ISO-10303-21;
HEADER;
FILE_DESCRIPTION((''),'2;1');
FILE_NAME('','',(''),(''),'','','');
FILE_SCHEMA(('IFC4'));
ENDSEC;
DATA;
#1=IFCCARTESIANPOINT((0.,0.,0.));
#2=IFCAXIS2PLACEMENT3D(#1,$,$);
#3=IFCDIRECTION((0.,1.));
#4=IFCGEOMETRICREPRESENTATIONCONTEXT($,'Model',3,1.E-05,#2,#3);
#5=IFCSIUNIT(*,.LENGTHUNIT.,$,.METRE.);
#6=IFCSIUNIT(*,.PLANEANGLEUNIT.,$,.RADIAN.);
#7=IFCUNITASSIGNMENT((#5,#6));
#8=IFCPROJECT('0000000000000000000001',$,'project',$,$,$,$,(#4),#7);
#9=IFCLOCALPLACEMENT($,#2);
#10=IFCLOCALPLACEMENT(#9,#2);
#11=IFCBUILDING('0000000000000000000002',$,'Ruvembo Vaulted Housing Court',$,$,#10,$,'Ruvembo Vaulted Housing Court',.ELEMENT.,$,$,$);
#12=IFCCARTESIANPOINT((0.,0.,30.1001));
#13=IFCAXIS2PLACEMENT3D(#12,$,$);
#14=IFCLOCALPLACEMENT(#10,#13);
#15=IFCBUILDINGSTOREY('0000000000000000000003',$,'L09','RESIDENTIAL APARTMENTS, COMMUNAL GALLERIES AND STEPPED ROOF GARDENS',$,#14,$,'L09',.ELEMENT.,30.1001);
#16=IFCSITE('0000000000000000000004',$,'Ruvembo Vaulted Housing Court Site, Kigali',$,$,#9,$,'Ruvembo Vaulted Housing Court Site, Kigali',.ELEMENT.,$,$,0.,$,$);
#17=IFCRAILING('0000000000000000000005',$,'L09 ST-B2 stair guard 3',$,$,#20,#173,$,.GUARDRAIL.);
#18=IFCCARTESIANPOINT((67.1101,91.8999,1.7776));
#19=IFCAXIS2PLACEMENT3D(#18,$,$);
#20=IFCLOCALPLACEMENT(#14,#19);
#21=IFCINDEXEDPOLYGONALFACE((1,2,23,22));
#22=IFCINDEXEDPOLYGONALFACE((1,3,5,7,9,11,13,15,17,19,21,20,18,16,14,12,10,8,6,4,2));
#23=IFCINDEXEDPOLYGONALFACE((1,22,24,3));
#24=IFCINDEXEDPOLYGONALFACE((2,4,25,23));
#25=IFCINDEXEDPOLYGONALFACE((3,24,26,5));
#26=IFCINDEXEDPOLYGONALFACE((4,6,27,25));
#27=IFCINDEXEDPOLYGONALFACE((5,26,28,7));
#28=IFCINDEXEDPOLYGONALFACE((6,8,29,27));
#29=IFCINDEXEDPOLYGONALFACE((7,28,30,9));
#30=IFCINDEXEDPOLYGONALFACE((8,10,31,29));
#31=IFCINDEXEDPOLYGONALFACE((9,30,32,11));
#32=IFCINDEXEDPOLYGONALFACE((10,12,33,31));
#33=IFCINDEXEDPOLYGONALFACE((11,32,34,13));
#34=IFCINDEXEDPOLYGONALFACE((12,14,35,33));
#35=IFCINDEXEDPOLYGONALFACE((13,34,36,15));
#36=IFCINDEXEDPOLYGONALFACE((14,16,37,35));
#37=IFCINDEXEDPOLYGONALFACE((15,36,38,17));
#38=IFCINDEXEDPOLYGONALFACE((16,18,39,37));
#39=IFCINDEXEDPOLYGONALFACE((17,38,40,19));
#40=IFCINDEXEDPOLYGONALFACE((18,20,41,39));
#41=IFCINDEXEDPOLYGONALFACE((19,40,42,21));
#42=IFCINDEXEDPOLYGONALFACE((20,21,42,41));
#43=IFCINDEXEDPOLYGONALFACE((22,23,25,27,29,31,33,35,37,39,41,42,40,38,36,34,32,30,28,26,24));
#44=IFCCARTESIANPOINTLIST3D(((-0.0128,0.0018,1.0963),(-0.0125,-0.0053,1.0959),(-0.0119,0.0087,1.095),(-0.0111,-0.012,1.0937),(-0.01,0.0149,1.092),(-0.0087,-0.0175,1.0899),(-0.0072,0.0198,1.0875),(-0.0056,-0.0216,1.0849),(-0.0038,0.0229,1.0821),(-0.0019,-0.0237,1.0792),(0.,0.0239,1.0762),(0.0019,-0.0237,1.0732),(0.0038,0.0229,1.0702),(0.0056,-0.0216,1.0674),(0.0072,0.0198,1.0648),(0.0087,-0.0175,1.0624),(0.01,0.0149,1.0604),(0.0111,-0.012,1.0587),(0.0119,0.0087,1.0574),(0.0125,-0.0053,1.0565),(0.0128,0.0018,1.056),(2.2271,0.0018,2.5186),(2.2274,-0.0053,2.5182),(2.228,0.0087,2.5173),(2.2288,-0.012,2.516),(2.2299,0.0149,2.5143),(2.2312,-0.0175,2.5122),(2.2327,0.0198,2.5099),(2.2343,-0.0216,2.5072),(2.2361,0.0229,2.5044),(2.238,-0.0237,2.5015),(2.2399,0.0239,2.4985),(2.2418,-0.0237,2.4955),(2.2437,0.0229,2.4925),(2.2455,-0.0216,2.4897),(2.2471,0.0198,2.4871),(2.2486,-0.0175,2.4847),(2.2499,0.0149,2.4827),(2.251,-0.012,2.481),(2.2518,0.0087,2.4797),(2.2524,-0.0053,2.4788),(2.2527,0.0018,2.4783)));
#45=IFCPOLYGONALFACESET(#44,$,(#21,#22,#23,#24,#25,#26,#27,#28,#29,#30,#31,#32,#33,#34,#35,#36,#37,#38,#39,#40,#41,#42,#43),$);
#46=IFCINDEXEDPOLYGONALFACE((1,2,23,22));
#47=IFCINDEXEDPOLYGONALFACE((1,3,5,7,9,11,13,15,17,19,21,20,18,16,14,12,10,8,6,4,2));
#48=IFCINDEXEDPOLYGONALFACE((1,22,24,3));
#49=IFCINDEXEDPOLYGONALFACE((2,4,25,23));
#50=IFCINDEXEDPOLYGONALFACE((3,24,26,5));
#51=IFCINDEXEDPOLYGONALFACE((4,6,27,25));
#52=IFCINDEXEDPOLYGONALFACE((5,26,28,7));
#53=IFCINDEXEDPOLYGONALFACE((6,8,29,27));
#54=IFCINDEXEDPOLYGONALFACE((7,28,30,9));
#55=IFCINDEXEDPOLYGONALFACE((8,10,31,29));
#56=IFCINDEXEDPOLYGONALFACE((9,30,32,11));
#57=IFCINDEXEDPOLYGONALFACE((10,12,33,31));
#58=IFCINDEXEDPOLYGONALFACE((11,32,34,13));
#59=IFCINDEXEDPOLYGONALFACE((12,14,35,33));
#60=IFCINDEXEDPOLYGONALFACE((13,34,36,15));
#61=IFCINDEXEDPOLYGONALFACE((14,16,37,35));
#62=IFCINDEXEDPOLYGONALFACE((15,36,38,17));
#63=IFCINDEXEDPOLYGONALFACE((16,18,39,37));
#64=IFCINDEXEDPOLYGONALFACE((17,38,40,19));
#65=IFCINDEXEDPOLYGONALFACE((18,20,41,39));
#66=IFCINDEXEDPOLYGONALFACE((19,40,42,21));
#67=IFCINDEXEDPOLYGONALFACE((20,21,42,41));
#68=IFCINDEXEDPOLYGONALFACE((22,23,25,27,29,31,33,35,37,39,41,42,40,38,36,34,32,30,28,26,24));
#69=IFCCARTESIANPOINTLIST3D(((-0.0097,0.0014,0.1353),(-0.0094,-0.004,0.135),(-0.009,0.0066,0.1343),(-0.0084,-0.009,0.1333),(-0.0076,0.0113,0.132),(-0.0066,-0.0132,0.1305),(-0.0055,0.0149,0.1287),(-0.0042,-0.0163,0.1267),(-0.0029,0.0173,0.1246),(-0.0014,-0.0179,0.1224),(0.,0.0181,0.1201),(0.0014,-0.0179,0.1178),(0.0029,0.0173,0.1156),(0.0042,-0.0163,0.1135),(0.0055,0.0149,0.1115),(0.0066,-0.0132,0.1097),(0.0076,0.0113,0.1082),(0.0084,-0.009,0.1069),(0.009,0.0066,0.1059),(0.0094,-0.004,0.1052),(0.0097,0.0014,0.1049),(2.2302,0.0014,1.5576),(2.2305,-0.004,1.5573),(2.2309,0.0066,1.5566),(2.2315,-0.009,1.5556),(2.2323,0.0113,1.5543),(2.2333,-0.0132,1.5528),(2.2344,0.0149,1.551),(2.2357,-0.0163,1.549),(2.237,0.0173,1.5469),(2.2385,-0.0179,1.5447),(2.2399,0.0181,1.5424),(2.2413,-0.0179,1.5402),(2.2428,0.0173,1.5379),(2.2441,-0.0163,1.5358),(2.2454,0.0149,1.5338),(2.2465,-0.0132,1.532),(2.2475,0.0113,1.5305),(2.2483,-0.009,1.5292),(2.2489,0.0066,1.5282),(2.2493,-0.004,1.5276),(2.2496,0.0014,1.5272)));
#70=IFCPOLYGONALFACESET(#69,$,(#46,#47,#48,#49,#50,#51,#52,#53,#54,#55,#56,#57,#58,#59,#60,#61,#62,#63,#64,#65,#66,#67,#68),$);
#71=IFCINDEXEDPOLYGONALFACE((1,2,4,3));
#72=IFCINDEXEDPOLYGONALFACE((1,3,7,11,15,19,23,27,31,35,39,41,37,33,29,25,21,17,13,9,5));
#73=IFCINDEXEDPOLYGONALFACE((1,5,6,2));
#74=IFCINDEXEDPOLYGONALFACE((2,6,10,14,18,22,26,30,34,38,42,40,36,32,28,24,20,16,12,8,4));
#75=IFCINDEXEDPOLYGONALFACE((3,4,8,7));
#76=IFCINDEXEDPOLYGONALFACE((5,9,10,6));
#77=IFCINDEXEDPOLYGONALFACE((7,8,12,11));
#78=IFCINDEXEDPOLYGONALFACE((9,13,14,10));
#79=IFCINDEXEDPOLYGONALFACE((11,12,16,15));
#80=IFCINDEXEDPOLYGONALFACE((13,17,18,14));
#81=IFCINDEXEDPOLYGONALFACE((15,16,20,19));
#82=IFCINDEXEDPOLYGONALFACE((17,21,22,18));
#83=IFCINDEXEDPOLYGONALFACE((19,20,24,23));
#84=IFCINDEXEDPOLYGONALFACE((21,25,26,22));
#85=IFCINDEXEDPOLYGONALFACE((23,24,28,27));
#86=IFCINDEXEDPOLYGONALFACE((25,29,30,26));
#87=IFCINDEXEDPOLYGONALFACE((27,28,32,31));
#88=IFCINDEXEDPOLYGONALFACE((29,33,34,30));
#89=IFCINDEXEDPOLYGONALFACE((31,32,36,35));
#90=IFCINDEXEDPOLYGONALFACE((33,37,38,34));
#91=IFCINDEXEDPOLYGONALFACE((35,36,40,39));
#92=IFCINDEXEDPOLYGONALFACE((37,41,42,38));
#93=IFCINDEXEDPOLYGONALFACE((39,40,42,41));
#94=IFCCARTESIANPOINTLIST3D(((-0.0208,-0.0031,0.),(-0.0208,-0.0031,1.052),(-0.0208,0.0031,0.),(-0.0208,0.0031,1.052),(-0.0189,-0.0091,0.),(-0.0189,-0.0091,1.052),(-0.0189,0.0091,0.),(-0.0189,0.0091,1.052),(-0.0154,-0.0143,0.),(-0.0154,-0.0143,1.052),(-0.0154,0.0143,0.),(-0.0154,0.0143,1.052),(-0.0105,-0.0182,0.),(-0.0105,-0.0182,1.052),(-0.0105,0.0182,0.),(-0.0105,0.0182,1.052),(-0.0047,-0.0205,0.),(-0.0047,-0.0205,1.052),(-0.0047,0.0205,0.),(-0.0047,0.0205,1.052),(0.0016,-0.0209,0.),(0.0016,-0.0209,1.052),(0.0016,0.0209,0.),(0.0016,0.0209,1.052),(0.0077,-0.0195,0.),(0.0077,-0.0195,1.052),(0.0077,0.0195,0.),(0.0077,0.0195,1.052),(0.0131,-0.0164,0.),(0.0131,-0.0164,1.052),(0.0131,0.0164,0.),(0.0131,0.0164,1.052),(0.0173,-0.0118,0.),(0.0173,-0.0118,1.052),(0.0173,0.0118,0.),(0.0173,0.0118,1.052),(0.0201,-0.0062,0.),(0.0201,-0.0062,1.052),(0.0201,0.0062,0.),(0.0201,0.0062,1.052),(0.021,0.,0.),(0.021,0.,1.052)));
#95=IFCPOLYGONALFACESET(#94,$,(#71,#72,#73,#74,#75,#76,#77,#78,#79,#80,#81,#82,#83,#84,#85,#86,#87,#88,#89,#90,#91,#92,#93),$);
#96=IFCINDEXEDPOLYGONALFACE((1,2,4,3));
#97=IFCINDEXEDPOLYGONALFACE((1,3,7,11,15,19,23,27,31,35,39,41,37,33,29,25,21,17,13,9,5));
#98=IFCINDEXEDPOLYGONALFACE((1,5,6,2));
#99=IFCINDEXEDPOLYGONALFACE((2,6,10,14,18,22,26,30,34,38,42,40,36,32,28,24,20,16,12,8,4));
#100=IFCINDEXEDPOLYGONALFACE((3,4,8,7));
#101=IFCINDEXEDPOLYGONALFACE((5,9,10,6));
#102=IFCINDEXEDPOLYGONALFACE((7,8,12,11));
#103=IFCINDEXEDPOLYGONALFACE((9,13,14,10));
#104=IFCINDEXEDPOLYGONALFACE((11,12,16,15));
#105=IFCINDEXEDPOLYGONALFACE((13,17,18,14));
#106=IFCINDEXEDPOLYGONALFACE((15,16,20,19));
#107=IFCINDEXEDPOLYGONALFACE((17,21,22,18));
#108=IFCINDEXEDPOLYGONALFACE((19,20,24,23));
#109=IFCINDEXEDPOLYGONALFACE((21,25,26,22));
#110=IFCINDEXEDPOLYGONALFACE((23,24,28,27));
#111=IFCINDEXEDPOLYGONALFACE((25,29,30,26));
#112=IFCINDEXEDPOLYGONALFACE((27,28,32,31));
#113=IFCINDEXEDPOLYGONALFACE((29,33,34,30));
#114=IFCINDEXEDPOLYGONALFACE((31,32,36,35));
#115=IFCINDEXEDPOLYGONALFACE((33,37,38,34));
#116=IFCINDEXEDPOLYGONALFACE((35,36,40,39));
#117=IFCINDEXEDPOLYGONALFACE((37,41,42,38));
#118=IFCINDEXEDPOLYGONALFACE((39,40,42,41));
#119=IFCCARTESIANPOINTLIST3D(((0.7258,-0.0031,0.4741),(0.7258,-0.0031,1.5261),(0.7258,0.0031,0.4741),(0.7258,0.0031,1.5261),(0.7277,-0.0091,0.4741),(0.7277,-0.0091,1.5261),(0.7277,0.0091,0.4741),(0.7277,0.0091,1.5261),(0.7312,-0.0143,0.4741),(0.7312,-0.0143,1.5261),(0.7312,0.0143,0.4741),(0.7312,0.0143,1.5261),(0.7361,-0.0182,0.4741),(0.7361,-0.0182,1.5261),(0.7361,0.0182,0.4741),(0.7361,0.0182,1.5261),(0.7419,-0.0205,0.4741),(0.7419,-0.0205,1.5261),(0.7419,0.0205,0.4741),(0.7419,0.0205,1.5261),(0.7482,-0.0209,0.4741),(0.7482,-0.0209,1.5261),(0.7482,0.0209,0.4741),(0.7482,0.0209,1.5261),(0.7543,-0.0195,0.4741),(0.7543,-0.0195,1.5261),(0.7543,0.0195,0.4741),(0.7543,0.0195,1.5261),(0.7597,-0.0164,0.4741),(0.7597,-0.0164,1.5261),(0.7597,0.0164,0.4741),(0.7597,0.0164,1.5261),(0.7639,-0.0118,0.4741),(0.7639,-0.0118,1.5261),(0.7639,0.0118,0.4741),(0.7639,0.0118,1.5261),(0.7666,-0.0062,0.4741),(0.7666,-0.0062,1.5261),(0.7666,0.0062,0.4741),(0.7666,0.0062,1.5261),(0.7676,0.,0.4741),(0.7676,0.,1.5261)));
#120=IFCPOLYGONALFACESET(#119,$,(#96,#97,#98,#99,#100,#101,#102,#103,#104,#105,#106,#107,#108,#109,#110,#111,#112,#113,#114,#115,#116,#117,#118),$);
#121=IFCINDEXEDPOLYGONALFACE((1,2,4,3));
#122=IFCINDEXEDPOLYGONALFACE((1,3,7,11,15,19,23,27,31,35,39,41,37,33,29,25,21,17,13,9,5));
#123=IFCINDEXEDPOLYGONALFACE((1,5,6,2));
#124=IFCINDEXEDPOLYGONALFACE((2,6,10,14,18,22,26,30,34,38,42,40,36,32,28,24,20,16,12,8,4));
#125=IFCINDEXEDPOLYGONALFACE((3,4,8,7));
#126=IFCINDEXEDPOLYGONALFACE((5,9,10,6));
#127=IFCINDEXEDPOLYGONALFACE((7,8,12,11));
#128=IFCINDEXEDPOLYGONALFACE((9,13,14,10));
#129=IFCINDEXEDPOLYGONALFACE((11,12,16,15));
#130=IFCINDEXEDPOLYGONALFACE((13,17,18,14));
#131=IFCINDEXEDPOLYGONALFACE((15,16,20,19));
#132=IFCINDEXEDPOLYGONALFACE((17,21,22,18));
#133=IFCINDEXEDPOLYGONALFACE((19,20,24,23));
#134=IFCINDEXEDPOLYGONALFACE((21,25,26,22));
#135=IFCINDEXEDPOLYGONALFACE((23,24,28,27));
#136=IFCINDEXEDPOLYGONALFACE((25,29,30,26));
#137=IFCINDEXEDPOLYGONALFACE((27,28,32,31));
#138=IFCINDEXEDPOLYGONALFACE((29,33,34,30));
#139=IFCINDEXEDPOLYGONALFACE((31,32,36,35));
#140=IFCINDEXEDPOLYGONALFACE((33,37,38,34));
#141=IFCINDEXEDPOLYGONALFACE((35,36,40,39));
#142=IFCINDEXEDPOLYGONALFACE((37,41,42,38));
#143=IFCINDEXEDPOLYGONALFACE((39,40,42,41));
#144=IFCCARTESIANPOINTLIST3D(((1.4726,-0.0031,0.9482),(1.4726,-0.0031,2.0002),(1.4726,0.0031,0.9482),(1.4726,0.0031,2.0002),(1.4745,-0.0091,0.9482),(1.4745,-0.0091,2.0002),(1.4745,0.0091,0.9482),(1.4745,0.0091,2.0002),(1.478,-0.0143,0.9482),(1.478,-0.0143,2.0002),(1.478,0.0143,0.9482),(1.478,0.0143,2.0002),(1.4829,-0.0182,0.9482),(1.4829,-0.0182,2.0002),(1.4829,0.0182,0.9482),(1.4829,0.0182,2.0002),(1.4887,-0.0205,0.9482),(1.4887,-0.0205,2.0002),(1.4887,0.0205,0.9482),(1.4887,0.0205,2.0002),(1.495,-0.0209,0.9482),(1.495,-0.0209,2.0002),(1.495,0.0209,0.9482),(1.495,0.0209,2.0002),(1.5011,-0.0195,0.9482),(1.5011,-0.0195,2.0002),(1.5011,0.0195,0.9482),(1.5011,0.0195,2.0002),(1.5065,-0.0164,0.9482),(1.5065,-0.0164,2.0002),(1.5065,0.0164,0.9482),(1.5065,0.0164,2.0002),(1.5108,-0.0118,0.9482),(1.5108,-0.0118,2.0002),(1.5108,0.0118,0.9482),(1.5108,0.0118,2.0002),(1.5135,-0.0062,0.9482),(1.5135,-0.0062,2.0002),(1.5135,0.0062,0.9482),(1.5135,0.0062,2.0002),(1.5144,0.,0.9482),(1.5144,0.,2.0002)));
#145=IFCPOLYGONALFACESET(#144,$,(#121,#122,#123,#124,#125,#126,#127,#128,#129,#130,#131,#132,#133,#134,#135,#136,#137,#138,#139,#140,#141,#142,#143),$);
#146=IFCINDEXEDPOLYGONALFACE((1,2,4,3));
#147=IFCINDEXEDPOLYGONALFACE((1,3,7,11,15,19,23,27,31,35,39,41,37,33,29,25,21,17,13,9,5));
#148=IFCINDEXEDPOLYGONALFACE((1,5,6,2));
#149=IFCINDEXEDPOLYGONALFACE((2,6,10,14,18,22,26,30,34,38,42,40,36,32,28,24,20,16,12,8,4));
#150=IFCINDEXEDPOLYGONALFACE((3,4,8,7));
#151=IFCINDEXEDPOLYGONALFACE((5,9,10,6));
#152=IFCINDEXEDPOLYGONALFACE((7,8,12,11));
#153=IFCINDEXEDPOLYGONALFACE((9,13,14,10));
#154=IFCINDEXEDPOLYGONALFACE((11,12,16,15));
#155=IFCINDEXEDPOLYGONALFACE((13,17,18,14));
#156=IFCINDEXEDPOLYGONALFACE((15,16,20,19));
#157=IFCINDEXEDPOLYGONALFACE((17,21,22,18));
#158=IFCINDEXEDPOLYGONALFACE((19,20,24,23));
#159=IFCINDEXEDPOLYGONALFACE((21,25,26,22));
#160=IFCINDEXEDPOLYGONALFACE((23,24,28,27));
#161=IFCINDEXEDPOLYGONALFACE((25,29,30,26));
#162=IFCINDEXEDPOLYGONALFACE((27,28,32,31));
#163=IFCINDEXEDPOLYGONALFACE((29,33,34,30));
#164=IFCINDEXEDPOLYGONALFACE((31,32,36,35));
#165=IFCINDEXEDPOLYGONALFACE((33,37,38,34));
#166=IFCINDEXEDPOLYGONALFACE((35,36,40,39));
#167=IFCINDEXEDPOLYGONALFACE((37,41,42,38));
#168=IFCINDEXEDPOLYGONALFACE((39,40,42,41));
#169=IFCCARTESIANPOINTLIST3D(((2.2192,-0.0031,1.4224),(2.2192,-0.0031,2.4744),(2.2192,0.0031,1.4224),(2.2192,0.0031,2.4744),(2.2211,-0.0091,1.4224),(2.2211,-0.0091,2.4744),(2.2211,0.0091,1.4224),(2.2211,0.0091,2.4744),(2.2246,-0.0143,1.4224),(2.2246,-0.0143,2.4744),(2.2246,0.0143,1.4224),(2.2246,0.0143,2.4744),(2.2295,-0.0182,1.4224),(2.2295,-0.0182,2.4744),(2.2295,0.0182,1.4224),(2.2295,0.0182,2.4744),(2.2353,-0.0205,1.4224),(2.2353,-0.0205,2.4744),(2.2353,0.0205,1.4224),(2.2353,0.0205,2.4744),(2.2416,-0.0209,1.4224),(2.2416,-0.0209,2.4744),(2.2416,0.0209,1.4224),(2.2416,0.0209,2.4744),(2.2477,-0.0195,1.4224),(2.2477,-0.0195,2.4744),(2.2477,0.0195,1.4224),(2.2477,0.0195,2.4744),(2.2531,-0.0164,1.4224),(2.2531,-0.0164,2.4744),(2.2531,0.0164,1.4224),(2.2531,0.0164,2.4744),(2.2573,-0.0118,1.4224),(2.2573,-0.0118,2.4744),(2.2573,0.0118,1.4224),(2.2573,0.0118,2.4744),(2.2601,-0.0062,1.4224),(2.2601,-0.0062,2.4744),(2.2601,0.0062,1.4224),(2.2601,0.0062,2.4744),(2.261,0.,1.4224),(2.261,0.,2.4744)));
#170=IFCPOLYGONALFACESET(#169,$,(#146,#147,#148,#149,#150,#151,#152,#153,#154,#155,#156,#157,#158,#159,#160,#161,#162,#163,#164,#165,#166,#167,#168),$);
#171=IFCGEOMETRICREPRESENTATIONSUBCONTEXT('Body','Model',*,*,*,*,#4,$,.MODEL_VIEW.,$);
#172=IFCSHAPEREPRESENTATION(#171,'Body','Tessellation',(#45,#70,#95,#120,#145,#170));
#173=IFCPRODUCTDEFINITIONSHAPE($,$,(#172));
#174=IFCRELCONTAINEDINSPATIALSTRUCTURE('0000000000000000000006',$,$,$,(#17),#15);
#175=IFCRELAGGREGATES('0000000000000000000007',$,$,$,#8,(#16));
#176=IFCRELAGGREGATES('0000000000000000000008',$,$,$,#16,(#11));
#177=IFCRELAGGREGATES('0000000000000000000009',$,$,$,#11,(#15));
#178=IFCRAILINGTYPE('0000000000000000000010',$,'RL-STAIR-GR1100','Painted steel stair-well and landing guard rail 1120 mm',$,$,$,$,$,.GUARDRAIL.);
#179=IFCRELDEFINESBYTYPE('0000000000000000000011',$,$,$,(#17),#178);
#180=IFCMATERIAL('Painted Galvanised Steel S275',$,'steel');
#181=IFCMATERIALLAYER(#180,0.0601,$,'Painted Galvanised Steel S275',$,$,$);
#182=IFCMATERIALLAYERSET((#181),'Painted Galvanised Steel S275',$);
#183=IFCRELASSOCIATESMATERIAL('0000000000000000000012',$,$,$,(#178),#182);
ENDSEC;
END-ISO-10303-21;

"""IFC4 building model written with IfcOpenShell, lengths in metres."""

from ifc_helpers import new_model, si_unit, direction, frame, origin, origin_2d, place, context, subcontext, project, spatial, circle, extrude, material, layer, layer_set, type_object, element, save


model = new_model("IFC4")

# Units and contexts
model_context = context("Model", 3, precision=1e-05, world=origin(), true_north=direction((0.0, 1.0)))
body_context = subcontext(model_context, "Body", "Model", "MODEL_VIEW")
ifc_project = project(units=[si_unit("LENGTHUNIT", "METRE"), si_unit("PLANEANGLEUNIT", "RADIAN")], contexts=[model_context])

# Site, building, storey
site_placement = place(None, origin())
site = spatial("IfcSite", under=ifc_project, at=site_placement, Name="Ruvembo Vaulted Housing Court Site, Kigali", LongName="Ruvembo Vaulted Housing Court Site, Kigali", CompositionType="ELEMENT", RefElevation=0.0)
building_placement = place(site_placement, origin())
building = spatial("IfcBuilding", under=site, at=building_placement, Name="Ruvembo Vaulted Housing Court", LongName="Ruvembo Vaulted Housing Court", CompositionType="ELEMENT")
storey_placement = place(building_placement, frame((0.0, 0.0, 30.1001)))
storey = spatial("IfcBuildingStorey", under=building, at=storey_placement, Name="L09", Description="RESIDENTIAL APARTMENTS, COMMUNAL GALLERIES AND STEPPED ROOF GARDENS", LongName="L09", CompositionType="ELEMENT", Elevation=30.1001)

# Railing
ifc_material_1 = material(Name="Painted Galvanised Steel S275", Category="steel")
ifc_layer_1 = layer(ifc_material_1, 0.0601, Name="Painted Galvanised Steel S275")
ifc_layer_set_1 = layer_set([ifc_layer_1], Name="Painted Galvanised Steel S275")
railing_type_1 = type_object("IfcRailingType", Name="RL-STAIR-GR1100", Description="Painted steel stair-well and landing guard rail 1120 mm", PredefinedType="GUARDRAIL", material=ifc_layer_set_1)
railing_1_placement = place(storey_placement, frame((67.1101, 91.8999, 1.7776)))
element("IfcRailing", 1, at=railing_1_placement, inside=storey, type_object=railing_type_1, Name="L09 ST-B2 stair guard 3", PredefinedType="GUARDRAIL", context=body_context, shape_type="SweptSolid", body=[
    extrude(circle(Radius=0.0239, at=origin_2d()), frame((0.0, 0.0, 1.0762), z_axis=(0.844188, 0.0, 0.536048), x_axis=(0.0, 1.0, 0.0)), (0.0, 0.0, 1.0), 2.6533),
    extrude(circle(Radius=0.0181, at=origin_2d()), frame((0.0, 0.0, 0.1201), z_axis=(0.844188, 0.0, 0.536048), x_axis=(0.0, 1.0, 0.0)), (0.0, 0.0, 1.0), 2.6533),
    extrude(circle(Radius=0.021, at=origin_2d()), origin(), (0.0, 0.0, 1.0), 1.052),
    extrude(circle(Radius=0.021, at=origin_2d()), frame((0.7466, 0.0, 0.4741)), (0.0, 0.0, 1.0), 1.052),
    extrude(circle(Radius=0.021, at=origin_2d()), frame((1.4934, 0.0, 0.9482)), (0.0, 0.0, 1.0), 1.052),
    extrude(circle(Radius=0.021, at=origin_2d()), frame((2.24, 0.0, 1.4224)), (0.0, 0.0, 1.0), 1.052),
])

save(model, "model.ifc")
